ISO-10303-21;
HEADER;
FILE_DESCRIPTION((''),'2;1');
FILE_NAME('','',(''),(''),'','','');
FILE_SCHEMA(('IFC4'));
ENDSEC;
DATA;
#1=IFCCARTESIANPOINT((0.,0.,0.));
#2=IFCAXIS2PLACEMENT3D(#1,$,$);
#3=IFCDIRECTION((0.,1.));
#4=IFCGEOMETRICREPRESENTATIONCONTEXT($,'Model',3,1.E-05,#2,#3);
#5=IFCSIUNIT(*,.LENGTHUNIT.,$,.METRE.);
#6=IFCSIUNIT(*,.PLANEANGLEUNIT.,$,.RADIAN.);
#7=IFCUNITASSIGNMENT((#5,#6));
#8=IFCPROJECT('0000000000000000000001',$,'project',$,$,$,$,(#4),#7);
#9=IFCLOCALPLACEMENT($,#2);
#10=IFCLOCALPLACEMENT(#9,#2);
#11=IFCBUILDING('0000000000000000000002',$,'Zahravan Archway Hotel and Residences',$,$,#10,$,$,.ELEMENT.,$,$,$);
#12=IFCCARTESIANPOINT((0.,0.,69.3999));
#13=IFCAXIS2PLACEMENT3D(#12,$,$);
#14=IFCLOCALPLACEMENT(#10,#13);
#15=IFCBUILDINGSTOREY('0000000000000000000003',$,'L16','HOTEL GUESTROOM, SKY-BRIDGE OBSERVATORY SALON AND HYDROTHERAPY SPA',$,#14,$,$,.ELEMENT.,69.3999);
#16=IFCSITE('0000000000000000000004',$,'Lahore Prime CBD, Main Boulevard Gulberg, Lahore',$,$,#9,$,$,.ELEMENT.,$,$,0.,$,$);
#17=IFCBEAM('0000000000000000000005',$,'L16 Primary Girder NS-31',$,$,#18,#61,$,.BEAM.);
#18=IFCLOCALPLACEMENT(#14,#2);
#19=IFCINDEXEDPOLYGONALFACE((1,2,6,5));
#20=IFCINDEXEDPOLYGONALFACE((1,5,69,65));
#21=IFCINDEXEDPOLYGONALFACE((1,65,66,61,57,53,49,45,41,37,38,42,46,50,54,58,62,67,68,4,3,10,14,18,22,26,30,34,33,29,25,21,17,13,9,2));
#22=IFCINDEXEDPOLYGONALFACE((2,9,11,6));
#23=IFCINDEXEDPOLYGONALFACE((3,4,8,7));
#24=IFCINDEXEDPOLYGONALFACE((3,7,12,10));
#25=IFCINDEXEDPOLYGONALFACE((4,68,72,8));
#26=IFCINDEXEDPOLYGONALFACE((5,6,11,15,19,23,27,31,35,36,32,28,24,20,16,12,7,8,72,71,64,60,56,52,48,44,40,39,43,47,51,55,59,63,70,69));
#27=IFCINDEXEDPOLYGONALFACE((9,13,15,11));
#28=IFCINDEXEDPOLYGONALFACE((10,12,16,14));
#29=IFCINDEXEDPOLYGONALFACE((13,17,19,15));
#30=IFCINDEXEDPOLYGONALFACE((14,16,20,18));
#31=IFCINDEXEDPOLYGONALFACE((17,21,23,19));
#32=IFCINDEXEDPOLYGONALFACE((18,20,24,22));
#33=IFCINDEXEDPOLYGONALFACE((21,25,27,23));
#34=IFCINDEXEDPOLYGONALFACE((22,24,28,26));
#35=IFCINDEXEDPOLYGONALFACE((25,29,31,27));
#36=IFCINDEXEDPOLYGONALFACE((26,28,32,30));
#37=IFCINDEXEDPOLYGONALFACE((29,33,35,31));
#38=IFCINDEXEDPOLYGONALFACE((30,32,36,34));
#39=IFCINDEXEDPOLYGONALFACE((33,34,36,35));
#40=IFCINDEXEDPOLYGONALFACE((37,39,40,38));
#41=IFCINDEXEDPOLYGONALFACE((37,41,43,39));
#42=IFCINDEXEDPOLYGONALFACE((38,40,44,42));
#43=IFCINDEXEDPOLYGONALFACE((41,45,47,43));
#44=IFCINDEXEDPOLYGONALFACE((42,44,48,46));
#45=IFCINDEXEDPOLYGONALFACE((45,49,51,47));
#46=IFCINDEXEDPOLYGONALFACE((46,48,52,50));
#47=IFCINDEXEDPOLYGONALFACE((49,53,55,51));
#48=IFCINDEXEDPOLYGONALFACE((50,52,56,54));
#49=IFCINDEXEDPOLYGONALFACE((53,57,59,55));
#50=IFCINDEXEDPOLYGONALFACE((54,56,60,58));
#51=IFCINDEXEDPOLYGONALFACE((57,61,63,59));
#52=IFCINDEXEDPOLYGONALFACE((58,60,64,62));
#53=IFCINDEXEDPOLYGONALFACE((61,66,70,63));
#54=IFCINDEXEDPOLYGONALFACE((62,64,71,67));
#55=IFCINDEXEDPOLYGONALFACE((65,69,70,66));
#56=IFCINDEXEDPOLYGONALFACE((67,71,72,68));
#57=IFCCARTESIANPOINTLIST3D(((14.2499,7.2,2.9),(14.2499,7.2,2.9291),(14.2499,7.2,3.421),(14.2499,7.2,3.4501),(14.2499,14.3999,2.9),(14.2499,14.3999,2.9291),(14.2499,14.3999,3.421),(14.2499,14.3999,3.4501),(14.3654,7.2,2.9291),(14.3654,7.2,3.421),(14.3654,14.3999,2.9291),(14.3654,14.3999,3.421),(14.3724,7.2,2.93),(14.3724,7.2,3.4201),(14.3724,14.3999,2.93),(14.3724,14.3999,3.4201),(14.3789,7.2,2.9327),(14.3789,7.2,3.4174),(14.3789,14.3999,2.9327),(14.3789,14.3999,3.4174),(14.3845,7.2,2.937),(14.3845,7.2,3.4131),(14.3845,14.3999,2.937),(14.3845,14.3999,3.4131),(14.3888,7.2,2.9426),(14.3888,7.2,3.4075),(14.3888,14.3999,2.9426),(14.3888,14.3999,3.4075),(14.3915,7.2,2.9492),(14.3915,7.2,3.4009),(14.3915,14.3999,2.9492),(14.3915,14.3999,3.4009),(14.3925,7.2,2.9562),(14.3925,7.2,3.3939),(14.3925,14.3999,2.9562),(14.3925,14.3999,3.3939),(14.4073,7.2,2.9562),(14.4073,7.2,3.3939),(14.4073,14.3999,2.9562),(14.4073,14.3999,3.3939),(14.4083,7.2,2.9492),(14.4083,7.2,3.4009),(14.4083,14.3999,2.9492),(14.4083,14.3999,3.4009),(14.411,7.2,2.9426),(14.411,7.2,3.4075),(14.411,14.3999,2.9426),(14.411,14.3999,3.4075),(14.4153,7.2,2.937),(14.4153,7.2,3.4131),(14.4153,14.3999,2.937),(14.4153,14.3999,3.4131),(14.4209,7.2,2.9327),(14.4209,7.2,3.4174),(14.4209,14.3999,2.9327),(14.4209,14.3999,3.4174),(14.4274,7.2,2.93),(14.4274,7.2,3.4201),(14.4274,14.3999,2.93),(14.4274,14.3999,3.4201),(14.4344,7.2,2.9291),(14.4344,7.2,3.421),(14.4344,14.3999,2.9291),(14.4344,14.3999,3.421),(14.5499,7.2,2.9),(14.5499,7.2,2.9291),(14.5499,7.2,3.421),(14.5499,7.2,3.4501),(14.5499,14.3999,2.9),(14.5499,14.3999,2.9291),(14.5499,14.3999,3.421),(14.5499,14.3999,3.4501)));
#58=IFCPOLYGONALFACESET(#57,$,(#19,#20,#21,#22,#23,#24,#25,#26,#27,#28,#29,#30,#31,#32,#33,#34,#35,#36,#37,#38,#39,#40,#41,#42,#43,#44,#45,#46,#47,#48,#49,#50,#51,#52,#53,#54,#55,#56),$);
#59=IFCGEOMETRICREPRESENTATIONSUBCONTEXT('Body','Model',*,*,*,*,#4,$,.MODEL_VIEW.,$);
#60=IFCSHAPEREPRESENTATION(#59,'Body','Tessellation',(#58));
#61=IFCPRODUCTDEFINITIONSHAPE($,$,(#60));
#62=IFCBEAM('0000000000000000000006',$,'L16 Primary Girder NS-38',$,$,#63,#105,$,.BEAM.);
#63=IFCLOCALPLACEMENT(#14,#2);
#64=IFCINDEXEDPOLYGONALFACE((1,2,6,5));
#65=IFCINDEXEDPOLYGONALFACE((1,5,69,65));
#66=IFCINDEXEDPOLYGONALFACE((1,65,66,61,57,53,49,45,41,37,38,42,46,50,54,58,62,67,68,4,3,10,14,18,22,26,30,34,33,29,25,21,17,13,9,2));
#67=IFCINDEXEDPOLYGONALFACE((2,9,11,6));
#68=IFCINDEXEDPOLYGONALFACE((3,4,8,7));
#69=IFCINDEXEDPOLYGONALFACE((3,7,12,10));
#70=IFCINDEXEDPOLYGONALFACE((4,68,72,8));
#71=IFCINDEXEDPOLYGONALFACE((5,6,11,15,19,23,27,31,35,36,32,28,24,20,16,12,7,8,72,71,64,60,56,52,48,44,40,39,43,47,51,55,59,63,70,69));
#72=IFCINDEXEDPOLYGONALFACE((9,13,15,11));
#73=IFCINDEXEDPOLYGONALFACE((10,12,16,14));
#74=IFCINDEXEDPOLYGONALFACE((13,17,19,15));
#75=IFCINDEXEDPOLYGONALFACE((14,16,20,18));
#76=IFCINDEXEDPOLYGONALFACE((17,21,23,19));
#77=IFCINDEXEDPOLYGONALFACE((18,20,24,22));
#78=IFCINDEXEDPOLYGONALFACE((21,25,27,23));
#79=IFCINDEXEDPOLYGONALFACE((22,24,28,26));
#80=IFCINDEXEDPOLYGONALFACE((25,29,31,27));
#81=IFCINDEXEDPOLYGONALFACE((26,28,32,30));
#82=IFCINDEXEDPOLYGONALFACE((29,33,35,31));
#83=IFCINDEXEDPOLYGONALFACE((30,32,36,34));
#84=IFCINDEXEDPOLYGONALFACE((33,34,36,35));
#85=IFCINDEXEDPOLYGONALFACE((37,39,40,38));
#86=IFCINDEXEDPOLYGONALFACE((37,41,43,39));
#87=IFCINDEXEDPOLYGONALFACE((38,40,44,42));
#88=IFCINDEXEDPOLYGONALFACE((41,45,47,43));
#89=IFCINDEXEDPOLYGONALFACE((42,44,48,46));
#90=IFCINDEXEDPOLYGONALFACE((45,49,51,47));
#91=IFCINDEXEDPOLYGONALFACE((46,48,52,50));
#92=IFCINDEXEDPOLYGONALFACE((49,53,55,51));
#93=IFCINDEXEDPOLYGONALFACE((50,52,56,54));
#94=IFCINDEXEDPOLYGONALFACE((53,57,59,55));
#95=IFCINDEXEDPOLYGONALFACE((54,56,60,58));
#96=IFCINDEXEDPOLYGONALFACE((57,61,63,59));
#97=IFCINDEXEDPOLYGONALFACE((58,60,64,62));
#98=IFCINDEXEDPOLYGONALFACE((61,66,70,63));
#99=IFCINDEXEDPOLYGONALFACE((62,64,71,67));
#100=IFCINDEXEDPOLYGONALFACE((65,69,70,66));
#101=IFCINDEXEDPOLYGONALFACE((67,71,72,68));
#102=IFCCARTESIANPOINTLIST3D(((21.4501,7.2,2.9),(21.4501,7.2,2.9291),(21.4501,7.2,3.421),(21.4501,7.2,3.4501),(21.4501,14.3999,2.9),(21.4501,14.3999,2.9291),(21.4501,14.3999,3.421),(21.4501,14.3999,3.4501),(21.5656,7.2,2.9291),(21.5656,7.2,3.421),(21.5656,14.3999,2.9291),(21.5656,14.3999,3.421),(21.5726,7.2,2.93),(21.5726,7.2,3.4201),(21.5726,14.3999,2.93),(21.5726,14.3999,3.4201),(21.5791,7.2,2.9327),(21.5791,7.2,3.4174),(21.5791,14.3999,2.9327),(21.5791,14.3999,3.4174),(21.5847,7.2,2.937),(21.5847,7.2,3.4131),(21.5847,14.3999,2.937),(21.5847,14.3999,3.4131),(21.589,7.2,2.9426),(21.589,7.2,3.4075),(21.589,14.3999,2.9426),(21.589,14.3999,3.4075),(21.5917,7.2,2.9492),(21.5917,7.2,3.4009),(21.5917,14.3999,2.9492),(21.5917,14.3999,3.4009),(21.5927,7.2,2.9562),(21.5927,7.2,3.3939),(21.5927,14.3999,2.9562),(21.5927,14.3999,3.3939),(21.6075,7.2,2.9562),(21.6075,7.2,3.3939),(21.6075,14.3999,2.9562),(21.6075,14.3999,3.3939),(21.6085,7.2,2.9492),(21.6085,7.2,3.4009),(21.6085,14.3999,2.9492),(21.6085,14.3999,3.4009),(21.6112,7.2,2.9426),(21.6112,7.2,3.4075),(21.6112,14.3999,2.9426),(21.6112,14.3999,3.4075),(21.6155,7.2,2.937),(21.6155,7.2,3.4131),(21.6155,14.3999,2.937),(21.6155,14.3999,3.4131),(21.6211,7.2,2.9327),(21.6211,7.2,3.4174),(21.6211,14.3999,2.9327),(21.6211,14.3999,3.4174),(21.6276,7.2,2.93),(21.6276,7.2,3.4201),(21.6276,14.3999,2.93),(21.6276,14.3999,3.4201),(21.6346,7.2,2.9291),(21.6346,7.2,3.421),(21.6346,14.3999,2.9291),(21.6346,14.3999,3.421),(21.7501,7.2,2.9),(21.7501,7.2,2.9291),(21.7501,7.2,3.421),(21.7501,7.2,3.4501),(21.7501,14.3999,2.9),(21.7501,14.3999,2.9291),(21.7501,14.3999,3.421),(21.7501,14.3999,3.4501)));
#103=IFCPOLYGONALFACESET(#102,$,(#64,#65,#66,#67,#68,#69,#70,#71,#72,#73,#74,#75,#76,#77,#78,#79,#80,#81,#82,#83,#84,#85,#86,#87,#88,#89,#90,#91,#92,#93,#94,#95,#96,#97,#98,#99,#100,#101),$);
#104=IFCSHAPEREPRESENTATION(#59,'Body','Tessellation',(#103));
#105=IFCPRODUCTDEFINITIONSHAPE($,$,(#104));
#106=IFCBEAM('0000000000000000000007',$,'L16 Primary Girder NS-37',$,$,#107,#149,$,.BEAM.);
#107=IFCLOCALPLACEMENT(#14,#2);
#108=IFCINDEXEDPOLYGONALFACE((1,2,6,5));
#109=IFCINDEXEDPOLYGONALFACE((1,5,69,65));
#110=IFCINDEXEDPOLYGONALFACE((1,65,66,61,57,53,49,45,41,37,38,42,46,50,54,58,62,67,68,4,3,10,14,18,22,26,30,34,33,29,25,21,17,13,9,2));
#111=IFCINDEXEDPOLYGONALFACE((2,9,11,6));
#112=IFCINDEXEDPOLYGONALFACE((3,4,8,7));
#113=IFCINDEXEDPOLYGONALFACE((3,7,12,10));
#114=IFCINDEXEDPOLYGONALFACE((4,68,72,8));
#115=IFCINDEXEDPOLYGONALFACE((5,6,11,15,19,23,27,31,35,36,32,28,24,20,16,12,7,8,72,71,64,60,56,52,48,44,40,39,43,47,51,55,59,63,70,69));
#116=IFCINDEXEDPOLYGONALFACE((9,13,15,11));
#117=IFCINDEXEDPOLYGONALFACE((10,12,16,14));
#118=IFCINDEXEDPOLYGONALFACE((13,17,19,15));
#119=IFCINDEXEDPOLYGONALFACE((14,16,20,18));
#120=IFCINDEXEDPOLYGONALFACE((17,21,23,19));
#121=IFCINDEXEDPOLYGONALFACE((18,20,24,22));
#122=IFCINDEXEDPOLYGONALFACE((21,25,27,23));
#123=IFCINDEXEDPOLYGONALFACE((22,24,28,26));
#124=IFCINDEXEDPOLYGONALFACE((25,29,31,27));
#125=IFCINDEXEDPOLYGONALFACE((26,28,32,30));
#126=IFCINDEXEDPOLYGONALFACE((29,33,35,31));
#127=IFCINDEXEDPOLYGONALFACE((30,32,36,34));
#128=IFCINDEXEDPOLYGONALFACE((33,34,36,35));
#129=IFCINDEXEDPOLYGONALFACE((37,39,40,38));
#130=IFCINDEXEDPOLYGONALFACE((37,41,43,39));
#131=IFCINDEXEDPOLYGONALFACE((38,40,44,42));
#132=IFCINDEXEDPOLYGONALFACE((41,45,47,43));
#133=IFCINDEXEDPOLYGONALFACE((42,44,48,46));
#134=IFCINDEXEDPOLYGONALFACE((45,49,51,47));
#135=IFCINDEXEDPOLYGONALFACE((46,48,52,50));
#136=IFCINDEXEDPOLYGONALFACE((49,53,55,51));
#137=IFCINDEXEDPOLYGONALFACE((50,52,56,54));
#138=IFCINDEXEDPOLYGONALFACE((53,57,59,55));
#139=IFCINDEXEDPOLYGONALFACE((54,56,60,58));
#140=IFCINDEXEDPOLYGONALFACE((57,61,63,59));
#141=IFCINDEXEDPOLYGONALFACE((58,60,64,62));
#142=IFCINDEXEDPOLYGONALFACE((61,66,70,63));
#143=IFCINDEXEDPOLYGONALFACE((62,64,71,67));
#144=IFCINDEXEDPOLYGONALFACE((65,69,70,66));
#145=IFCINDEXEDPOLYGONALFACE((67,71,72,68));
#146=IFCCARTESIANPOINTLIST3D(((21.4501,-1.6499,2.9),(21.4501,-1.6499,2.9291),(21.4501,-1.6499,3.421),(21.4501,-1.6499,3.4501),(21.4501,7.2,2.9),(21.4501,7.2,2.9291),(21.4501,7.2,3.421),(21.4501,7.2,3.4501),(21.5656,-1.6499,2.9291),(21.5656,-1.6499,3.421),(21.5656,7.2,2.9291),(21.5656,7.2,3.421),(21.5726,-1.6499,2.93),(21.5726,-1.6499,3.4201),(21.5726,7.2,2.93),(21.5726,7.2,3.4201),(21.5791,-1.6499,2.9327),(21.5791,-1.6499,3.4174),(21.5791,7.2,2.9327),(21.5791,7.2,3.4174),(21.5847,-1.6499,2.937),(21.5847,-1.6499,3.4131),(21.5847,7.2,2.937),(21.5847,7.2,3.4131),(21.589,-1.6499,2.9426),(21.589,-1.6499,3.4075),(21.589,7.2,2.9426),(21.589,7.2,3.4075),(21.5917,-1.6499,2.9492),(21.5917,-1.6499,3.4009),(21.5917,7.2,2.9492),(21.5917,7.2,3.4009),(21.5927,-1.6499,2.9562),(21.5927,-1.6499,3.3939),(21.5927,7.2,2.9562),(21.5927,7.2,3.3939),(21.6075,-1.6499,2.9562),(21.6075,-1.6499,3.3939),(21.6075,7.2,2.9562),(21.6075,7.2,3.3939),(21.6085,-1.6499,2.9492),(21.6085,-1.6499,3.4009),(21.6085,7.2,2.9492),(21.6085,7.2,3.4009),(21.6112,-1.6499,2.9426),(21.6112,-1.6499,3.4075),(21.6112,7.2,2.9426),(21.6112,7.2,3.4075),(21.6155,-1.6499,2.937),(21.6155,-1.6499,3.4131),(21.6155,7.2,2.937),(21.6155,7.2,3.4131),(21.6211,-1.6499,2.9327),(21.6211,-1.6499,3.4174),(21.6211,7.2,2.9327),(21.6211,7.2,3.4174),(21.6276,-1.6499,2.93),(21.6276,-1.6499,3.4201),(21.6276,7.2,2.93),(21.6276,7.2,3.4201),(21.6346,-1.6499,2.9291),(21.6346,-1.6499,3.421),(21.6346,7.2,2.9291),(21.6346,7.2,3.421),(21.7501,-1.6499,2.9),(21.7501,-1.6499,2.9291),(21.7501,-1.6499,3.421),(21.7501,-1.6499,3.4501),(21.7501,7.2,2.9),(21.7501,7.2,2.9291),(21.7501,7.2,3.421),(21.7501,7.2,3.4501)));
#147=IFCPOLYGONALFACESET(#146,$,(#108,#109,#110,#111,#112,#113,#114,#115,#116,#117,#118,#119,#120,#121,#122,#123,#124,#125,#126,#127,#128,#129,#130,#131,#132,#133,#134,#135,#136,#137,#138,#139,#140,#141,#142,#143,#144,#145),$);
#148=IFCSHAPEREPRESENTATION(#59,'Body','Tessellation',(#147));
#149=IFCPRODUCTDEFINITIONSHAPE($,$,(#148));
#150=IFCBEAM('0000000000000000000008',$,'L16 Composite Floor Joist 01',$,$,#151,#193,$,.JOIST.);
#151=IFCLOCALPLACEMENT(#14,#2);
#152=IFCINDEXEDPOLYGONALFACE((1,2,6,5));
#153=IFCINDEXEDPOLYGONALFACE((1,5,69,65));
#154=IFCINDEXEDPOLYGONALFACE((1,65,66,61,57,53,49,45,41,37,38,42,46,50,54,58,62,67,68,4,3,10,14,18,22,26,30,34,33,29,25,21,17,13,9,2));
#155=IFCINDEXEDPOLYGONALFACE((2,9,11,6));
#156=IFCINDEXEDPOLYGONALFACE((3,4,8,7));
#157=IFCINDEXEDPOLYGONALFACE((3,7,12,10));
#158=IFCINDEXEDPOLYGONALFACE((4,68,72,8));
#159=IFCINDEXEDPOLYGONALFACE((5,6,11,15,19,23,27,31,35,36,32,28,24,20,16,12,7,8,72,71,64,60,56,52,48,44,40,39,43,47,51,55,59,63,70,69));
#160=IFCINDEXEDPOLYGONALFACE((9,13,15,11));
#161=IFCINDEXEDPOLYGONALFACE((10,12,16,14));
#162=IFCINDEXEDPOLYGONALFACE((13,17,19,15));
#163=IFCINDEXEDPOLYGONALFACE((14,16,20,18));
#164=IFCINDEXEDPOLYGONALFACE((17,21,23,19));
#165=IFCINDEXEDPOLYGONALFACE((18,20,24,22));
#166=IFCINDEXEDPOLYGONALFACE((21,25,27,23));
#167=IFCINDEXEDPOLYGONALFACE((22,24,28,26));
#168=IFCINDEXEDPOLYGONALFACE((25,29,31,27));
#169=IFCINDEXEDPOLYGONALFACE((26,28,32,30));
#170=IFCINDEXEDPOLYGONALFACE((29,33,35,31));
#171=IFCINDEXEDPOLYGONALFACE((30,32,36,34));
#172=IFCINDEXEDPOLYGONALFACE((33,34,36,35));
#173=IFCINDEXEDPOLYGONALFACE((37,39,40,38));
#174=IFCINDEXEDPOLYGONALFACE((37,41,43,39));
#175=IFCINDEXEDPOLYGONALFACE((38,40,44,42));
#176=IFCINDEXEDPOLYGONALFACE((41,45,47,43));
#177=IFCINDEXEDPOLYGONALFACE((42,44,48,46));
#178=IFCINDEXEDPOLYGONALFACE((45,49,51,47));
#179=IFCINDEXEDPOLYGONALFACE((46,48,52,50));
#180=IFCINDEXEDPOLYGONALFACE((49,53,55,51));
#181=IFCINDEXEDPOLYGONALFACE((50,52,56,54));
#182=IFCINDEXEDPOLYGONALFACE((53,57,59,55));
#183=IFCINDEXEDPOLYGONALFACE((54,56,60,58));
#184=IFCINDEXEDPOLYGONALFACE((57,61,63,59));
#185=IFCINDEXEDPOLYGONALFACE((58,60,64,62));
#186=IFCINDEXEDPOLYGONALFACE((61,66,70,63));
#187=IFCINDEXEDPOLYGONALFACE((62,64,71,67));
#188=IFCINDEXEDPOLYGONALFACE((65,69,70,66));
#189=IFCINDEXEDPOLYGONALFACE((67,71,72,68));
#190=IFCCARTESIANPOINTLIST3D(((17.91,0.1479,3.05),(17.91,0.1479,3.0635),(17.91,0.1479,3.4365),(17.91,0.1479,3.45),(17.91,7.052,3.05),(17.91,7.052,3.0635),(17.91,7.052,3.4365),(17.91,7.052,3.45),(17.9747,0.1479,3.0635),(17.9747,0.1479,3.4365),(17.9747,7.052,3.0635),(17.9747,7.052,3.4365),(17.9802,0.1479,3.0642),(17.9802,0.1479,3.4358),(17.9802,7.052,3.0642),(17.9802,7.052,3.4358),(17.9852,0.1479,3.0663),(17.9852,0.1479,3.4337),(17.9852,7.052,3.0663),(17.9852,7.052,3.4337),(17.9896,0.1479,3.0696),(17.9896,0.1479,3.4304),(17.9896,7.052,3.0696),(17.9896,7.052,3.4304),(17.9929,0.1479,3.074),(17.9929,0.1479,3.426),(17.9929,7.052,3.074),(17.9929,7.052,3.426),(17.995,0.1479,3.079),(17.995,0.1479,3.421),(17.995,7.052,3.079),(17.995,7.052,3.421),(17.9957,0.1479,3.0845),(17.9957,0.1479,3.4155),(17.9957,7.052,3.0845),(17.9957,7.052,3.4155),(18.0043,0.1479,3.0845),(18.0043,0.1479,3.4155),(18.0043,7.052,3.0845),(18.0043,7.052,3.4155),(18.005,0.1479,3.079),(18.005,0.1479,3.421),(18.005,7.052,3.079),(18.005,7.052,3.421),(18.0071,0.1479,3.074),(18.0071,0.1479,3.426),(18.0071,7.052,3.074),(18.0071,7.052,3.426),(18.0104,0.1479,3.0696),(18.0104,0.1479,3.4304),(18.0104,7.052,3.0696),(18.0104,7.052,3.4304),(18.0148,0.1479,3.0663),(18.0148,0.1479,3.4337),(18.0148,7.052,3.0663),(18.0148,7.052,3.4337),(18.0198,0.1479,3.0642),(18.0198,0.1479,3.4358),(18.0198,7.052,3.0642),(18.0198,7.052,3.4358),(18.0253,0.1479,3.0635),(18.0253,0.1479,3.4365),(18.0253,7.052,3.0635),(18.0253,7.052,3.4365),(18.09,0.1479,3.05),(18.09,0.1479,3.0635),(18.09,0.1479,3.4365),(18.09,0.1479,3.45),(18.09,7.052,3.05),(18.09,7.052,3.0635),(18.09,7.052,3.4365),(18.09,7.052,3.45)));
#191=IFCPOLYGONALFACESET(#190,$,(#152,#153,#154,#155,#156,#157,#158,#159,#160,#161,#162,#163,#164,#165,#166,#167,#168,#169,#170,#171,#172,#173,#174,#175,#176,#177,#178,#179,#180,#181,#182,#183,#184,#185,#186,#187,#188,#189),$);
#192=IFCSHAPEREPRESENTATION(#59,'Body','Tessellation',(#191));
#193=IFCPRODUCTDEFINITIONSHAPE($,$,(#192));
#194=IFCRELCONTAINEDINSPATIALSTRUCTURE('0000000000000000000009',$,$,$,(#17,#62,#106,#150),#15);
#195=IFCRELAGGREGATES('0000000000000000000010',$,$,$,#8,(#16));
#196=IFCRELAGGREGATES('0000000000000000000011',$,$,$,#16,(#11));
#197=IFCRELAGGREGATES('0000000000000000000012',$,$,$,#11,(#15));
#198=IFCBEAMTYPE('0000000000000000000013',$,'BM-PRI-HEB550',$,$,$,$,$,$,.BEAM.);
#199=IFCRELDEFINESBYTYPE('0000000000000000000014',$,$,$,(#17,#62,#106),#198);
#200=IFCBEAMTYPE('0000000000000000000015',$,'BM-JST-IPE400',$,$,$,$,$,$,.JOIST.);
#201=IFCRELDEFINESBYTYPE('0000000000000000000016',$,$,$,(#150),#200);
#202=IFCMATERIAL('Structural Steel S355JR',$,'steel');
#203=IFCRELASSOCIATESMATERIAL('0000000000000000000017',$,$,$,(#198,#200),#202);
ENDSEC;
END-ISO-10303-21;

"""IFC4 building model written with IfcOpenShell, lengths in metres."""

from ifc_helpers import new_model, si_unit, direction, frame, origin, origin_2d, place, context, subcontext, project, spatial, i_section, extrude, source, transform, mapped, material, material_profile, profile_set, type_object, type_shapes, element, save


model = new_model("IFC4")

# Units and contexts
model_context = context("Model", 3, precision=1e-05, world=origin(), true_north=direction((0.0, 1.0)))
body_context = subcontext(model_context, "Body", "Model", "MODEL_VIEW")
ifc_project = project(units=[si_unit("LENGTHUNIT", "METRE"), si_unit("PLANEANGLEUNIT", "RADIAN")], contexts=[model_context])

# Site, building, storey
site_placement = place(None, origin())
site = spatial("IfcSite", under=ifc_project, at=site_placement, Name="Lahore Prime CBD, Main Boulevard Gulberg, Lahore", CompositionType="ELEMENT", RefElevation=0.0)
building_placement = place(site_placement, origin())
building = spatial("IfcBuilding", under=site, at=building_placement, Name="Zahravan Archway Hotel and Residences", CompositionType="ELEMENT")
storey_placement = place(building_placement, frame((0.0, 0.0, 69.3999)))
storey = spatial("IfcBuildingStorey", under=building, at=storey_placement, Name="L16", Description="HOTEL GUESTROOM, SKY-BRIDGE OBSERVATORY SALON AND HYDROTHERAPY SPA", CompositionType="ELEMENT", Elevation=69.3999)

# Beams
ifc_material_1 = material(Name="Structural Steel S355JR", Category="steel")
ifc_material_profile_1 = material_profile(ifc_material_1, i_section(OverallWidth=0.3, OverallDepth=0.55, WebThickness=0.0149, FlangeThickness=0.0291, FilletRadius=0.0271, at=origin_2d()), Name="HEB 550", Category="steel")
ifc_profile_set_1 = profile_set([ifc_material_profile_1], Name="Structural Steel S355JR")
beam_type_1 = type_object("IfcBeamType", Name="BM-PRI-HEB550", PredefinedType="BEAM", material=ifc_profile_set_1)
shared_shape_1 = source(origin(), body_context, "Body", "SweptSolid", [
    extrude(i_section(OverallWidth=0.3, OverallDepth=0.55, WebThickness=0.0149, FlangeThickness=0.0291, FilletRadius=0.0271, at=origin_2d()), origin(), (0.0, 0.0, 1.0), 7.2),
])
for number, where, z_axis, x_axis, name in (
    (1, (14.3999, 7.2, 3.175), (0.0, 1.0, 0.0), (-1.0, 0.0, 0.0), "L16 Primary Girder NS-31"),
    (2, (21.6001, 7.2, 3.175), (0.0, 1.0, 0.0), (-1.0, 0.0, 0.0), "L16 Primary Girder NS-38"),
):
    element("IfcBeam", number, at=place(storey_placement, frame(where, z_axis=z_axis, x_axis=x_axis)), inside=storey, type_object=beam_type_1, Name=name, PredefinedType="BEAM", context=body_context, shape_type="MappedRepresentation", body=[
        mapped(shared_shape_1, transform((0.0, 0.0, 0.0), scale=1.0)),
    ])
shared_shape_2 = source(origin(), body_context, "Body", "SweptSolid", [
    extrude(i_section(OverallWidth=0.3, OverallDepth=0.55, WebThickness=0.0149, FlangeThickness=0.0291, FilletRadius=0.0271, at=origin_2d()), origin(), (0.0, 0.0, 1.0), 8.8499),
])
beam_1_placement = place(storey_placement, frame((21.6001, -1.6499, 3.175), z_axis=(0.0, 1.0, 0.0), x_axis=(-1.0, 0.0, 0.0)))
element("IfcBeam", 3, at=beam_1_placement, inside=storey, type_object=beam_type_1, Name="L16 Primary Girder NS-37", PredefinedType="BEAM", context=body_context, shape_type="MappedRepresentation", body=[
    mapped(shared_shape_2, transform((0.0, 0.0, 0.0), scale=1.0)),
])
ifc_material_profile_2 = material_profile(ifc_material_1, i_section(OverallWidth=0.1799, OverallDepth=0.3999, WebThickness=0.0085, FlangeThickness=0.0134, FilletRadius=0.021, at=origin_2d()), Name="IPE 400", Category="steel")
ifc_profile_set_2 = profile_set([ifc_material_profile_2], Name="Structural Steel S355JR")
beam_type_2 = type_object("IfcBeamType", Name="BM-JST-IPE400", PredefinedType="JOIST", material=ifc_profile_set_2)
shared_shape_3 = source(origin(), body_context, "Body", "SweptSolid", [
    extrude(i_section(OverallWidth=0.1799, OverallDepth=0.3999, WebThickness=0.0085, FlangeThickness=0.0134, FilletRadius=0.021, at=origin_2d()), origin(), (0.0, 0.0, 1.0), 6.9041),
])
type_shapes(beam_type_2, [shared_shape_3])
for number, where, z_axis, x_axis, name in (
    (4, (18.0, 0.1479, 3.25), (0.0, 1.0, 0.0), (-1.0, 0.0, 0.0), "L16 Composite Floor Joist 01"),
):
    element("IfcBeam", number, at=place(storey_placement, frame(where, z_axis=z_axis, x_axis=x_axis)), inside=storey, type_object=beam_type_2, Name=name, PredefinedType="JOIST", context=body_context, shape_type="MappedRepresentation", body=[
        mapped(shared_shape_3, transform((0.0, 0.0, 0.0), scale=1.0)),
    ])

save(model, "model.ifc")
